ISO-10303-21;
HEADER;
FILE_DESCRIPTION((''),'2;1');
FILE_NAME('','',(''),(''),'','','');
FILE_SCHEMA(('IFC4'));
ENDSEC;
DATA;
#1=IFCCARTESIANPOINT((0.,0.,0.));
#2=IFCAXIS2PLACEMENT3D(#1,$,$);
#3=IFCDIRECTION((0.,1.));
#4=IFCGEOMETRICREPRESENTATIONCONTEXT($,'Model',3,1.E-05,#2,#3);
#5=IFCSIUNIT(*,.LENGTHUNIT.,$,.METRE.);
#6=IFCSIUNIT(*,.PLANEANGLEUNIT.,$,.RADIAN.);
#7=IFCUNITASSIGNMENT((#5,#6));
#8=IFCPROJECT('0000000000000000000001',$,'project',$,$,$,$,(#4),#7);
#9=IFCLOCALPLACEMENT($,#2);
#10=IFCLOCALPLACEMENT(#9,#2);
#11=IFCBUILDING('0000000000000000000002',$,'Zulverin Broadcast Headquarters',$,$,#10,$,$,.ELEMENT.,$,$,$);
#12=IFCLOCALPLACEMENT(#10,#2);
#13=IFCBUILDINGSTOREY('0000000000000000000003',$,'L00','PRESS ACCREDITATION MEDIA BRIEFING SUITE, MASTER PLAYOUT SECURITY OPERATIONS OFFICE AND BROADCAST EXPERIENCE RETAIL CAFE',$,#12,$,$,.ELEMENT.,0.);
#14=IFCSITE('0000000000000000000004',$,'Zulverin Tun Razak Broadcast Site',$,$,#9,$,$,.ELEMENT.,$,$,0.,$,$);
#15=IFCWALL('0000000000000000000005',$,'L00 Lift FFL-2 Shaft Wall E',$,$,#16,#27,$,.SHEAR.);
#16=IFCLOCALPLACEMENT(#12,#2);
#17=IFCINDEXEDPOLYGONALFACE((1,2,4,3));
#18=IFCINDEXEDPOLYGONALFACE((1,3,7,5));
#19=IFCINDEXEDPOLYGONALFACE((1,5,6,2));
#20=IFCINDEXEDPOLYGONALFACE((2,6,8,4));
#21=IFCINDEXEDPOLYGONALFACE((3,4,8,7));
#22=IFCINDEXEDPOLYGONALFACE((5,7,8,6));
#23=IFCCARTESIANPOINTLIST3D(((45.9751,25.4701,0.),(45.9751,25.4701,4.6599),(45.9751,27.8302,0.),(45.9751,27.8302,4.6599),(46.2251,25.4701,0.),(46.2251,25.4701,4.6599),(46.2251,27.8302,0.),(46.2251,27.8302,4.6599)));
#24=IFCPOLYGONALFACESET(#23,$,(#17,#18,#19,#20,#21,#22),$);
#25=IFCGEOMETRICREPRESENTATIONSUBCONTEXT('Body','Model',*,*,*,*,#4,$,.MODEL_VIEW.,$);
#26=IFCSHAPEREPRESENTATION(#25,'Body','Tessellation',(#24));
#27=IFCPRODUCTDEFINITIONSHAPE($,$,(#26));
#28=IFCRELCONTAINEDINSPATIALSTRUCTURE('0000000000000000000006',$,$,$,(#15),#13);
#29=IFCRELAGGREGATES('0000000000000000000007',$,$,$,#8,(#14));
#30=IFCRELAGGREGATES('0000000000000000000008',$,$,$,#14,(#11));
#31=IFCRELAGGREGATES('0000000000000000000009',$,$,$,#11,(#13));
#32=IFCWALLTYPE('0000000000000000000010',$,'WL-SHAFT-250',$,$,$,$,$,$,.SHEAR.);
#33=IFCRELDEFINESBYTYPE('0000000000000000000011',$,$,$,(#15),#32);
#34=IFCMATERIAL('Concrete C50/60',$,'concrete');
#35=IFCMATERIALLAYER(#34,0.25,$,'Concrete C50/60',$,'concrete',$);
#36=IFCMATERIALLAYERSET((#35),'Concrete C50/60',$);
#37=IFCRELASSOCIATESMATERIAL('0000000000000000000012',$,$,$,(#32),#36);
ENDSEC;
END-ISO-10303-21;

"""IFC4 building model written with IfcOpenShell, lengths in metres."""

from ifc_helpers import new_model, si_unit, direction, frame, frame_2d, origin, place, context, subcontext, project, spatial, rectangle, extrude, material, layer, layer_set, type_object, element, save


model = new_model("IFC4")

# Units and contexts
model_context = context("Model", 3, precision=1e-05, world=origin(), true_north=direction((0.0, 1.0)))
body_context = subcontext(model_context, "Body", "Model", "MODEL_VIEW")
ifc_project = project(units=[si_unit("LENGTHUNIT", "METRE"), si_unit("PLANEANGLEUNIT", "RADIAN")], contexts=[model_context])

# Site, building, storey
site_placement = place(None, origin())
site = spatial("IfcSite", under=ifc_project, at=site_placement, Name="Zulverin Tun Razak Broadcast Site", CompositionType="ELEMENT", RefElevation=0.0)
building_placement = place(site_placement, origin())
building = spatial("IfcBuilding", under=site, at=building_placement, Name="Zulverin Broadcast Headquarters", CompositionType="ELEMENT")
storey_placement = place(building_placement, origin())
storey = spatial("IfcBuildingStorey", under=building, at=storey_placement, Name="L00", Description="PRESS ACCREDITATION MEDIA BRIEFING SUITE, MASTER PLAYOUT SECURITY OPERATIONS OFFICE AND BROADCAST EXPERIENCE RETAIL CAFE", CompositionType="ELEMENT", Elevation=0.0)

# Shared definitions
ifc_material_1 = material(Name="Concrete C50/60", Category="concrete")
ifc_layer_1 = layer(ifc_material_1, 0.25, Name="Concrete C50/60", Category="concrete")
ifc_layer_set_1 = layer_set([ifc_layer_1], Name="Concrete C50/60")
wall_type_1 = type_object("IfcWallType", Name="WL-SHAFT-250", PredefinedType="SHEAR", material=ifc_layer_set_1)

# Wall
wall_1_placement = place(storey_placement, frame((46.1001, 25.47, 0.0), z_axis=(0.0, 0.0, 1.0), x_axis=(0.0, 1.0, 0.0)))
element("IfcWall", 1, at=wall_1_placement, inside=storey, type_object=wall_type_1, Name="L00 Lift FFL-2 Shaft Wall E", PredefinedType="SHEAR", context=body_context, shape_type="SweptSolid", body=[
    extrude(rectangle(XDim=2.3601, YDim=0.25, at=frame_2d((1.1802, 0.0))), origin(), (0.0, 0.0, 1.0), 4.6599),
])

save(model, "model.ifc")
